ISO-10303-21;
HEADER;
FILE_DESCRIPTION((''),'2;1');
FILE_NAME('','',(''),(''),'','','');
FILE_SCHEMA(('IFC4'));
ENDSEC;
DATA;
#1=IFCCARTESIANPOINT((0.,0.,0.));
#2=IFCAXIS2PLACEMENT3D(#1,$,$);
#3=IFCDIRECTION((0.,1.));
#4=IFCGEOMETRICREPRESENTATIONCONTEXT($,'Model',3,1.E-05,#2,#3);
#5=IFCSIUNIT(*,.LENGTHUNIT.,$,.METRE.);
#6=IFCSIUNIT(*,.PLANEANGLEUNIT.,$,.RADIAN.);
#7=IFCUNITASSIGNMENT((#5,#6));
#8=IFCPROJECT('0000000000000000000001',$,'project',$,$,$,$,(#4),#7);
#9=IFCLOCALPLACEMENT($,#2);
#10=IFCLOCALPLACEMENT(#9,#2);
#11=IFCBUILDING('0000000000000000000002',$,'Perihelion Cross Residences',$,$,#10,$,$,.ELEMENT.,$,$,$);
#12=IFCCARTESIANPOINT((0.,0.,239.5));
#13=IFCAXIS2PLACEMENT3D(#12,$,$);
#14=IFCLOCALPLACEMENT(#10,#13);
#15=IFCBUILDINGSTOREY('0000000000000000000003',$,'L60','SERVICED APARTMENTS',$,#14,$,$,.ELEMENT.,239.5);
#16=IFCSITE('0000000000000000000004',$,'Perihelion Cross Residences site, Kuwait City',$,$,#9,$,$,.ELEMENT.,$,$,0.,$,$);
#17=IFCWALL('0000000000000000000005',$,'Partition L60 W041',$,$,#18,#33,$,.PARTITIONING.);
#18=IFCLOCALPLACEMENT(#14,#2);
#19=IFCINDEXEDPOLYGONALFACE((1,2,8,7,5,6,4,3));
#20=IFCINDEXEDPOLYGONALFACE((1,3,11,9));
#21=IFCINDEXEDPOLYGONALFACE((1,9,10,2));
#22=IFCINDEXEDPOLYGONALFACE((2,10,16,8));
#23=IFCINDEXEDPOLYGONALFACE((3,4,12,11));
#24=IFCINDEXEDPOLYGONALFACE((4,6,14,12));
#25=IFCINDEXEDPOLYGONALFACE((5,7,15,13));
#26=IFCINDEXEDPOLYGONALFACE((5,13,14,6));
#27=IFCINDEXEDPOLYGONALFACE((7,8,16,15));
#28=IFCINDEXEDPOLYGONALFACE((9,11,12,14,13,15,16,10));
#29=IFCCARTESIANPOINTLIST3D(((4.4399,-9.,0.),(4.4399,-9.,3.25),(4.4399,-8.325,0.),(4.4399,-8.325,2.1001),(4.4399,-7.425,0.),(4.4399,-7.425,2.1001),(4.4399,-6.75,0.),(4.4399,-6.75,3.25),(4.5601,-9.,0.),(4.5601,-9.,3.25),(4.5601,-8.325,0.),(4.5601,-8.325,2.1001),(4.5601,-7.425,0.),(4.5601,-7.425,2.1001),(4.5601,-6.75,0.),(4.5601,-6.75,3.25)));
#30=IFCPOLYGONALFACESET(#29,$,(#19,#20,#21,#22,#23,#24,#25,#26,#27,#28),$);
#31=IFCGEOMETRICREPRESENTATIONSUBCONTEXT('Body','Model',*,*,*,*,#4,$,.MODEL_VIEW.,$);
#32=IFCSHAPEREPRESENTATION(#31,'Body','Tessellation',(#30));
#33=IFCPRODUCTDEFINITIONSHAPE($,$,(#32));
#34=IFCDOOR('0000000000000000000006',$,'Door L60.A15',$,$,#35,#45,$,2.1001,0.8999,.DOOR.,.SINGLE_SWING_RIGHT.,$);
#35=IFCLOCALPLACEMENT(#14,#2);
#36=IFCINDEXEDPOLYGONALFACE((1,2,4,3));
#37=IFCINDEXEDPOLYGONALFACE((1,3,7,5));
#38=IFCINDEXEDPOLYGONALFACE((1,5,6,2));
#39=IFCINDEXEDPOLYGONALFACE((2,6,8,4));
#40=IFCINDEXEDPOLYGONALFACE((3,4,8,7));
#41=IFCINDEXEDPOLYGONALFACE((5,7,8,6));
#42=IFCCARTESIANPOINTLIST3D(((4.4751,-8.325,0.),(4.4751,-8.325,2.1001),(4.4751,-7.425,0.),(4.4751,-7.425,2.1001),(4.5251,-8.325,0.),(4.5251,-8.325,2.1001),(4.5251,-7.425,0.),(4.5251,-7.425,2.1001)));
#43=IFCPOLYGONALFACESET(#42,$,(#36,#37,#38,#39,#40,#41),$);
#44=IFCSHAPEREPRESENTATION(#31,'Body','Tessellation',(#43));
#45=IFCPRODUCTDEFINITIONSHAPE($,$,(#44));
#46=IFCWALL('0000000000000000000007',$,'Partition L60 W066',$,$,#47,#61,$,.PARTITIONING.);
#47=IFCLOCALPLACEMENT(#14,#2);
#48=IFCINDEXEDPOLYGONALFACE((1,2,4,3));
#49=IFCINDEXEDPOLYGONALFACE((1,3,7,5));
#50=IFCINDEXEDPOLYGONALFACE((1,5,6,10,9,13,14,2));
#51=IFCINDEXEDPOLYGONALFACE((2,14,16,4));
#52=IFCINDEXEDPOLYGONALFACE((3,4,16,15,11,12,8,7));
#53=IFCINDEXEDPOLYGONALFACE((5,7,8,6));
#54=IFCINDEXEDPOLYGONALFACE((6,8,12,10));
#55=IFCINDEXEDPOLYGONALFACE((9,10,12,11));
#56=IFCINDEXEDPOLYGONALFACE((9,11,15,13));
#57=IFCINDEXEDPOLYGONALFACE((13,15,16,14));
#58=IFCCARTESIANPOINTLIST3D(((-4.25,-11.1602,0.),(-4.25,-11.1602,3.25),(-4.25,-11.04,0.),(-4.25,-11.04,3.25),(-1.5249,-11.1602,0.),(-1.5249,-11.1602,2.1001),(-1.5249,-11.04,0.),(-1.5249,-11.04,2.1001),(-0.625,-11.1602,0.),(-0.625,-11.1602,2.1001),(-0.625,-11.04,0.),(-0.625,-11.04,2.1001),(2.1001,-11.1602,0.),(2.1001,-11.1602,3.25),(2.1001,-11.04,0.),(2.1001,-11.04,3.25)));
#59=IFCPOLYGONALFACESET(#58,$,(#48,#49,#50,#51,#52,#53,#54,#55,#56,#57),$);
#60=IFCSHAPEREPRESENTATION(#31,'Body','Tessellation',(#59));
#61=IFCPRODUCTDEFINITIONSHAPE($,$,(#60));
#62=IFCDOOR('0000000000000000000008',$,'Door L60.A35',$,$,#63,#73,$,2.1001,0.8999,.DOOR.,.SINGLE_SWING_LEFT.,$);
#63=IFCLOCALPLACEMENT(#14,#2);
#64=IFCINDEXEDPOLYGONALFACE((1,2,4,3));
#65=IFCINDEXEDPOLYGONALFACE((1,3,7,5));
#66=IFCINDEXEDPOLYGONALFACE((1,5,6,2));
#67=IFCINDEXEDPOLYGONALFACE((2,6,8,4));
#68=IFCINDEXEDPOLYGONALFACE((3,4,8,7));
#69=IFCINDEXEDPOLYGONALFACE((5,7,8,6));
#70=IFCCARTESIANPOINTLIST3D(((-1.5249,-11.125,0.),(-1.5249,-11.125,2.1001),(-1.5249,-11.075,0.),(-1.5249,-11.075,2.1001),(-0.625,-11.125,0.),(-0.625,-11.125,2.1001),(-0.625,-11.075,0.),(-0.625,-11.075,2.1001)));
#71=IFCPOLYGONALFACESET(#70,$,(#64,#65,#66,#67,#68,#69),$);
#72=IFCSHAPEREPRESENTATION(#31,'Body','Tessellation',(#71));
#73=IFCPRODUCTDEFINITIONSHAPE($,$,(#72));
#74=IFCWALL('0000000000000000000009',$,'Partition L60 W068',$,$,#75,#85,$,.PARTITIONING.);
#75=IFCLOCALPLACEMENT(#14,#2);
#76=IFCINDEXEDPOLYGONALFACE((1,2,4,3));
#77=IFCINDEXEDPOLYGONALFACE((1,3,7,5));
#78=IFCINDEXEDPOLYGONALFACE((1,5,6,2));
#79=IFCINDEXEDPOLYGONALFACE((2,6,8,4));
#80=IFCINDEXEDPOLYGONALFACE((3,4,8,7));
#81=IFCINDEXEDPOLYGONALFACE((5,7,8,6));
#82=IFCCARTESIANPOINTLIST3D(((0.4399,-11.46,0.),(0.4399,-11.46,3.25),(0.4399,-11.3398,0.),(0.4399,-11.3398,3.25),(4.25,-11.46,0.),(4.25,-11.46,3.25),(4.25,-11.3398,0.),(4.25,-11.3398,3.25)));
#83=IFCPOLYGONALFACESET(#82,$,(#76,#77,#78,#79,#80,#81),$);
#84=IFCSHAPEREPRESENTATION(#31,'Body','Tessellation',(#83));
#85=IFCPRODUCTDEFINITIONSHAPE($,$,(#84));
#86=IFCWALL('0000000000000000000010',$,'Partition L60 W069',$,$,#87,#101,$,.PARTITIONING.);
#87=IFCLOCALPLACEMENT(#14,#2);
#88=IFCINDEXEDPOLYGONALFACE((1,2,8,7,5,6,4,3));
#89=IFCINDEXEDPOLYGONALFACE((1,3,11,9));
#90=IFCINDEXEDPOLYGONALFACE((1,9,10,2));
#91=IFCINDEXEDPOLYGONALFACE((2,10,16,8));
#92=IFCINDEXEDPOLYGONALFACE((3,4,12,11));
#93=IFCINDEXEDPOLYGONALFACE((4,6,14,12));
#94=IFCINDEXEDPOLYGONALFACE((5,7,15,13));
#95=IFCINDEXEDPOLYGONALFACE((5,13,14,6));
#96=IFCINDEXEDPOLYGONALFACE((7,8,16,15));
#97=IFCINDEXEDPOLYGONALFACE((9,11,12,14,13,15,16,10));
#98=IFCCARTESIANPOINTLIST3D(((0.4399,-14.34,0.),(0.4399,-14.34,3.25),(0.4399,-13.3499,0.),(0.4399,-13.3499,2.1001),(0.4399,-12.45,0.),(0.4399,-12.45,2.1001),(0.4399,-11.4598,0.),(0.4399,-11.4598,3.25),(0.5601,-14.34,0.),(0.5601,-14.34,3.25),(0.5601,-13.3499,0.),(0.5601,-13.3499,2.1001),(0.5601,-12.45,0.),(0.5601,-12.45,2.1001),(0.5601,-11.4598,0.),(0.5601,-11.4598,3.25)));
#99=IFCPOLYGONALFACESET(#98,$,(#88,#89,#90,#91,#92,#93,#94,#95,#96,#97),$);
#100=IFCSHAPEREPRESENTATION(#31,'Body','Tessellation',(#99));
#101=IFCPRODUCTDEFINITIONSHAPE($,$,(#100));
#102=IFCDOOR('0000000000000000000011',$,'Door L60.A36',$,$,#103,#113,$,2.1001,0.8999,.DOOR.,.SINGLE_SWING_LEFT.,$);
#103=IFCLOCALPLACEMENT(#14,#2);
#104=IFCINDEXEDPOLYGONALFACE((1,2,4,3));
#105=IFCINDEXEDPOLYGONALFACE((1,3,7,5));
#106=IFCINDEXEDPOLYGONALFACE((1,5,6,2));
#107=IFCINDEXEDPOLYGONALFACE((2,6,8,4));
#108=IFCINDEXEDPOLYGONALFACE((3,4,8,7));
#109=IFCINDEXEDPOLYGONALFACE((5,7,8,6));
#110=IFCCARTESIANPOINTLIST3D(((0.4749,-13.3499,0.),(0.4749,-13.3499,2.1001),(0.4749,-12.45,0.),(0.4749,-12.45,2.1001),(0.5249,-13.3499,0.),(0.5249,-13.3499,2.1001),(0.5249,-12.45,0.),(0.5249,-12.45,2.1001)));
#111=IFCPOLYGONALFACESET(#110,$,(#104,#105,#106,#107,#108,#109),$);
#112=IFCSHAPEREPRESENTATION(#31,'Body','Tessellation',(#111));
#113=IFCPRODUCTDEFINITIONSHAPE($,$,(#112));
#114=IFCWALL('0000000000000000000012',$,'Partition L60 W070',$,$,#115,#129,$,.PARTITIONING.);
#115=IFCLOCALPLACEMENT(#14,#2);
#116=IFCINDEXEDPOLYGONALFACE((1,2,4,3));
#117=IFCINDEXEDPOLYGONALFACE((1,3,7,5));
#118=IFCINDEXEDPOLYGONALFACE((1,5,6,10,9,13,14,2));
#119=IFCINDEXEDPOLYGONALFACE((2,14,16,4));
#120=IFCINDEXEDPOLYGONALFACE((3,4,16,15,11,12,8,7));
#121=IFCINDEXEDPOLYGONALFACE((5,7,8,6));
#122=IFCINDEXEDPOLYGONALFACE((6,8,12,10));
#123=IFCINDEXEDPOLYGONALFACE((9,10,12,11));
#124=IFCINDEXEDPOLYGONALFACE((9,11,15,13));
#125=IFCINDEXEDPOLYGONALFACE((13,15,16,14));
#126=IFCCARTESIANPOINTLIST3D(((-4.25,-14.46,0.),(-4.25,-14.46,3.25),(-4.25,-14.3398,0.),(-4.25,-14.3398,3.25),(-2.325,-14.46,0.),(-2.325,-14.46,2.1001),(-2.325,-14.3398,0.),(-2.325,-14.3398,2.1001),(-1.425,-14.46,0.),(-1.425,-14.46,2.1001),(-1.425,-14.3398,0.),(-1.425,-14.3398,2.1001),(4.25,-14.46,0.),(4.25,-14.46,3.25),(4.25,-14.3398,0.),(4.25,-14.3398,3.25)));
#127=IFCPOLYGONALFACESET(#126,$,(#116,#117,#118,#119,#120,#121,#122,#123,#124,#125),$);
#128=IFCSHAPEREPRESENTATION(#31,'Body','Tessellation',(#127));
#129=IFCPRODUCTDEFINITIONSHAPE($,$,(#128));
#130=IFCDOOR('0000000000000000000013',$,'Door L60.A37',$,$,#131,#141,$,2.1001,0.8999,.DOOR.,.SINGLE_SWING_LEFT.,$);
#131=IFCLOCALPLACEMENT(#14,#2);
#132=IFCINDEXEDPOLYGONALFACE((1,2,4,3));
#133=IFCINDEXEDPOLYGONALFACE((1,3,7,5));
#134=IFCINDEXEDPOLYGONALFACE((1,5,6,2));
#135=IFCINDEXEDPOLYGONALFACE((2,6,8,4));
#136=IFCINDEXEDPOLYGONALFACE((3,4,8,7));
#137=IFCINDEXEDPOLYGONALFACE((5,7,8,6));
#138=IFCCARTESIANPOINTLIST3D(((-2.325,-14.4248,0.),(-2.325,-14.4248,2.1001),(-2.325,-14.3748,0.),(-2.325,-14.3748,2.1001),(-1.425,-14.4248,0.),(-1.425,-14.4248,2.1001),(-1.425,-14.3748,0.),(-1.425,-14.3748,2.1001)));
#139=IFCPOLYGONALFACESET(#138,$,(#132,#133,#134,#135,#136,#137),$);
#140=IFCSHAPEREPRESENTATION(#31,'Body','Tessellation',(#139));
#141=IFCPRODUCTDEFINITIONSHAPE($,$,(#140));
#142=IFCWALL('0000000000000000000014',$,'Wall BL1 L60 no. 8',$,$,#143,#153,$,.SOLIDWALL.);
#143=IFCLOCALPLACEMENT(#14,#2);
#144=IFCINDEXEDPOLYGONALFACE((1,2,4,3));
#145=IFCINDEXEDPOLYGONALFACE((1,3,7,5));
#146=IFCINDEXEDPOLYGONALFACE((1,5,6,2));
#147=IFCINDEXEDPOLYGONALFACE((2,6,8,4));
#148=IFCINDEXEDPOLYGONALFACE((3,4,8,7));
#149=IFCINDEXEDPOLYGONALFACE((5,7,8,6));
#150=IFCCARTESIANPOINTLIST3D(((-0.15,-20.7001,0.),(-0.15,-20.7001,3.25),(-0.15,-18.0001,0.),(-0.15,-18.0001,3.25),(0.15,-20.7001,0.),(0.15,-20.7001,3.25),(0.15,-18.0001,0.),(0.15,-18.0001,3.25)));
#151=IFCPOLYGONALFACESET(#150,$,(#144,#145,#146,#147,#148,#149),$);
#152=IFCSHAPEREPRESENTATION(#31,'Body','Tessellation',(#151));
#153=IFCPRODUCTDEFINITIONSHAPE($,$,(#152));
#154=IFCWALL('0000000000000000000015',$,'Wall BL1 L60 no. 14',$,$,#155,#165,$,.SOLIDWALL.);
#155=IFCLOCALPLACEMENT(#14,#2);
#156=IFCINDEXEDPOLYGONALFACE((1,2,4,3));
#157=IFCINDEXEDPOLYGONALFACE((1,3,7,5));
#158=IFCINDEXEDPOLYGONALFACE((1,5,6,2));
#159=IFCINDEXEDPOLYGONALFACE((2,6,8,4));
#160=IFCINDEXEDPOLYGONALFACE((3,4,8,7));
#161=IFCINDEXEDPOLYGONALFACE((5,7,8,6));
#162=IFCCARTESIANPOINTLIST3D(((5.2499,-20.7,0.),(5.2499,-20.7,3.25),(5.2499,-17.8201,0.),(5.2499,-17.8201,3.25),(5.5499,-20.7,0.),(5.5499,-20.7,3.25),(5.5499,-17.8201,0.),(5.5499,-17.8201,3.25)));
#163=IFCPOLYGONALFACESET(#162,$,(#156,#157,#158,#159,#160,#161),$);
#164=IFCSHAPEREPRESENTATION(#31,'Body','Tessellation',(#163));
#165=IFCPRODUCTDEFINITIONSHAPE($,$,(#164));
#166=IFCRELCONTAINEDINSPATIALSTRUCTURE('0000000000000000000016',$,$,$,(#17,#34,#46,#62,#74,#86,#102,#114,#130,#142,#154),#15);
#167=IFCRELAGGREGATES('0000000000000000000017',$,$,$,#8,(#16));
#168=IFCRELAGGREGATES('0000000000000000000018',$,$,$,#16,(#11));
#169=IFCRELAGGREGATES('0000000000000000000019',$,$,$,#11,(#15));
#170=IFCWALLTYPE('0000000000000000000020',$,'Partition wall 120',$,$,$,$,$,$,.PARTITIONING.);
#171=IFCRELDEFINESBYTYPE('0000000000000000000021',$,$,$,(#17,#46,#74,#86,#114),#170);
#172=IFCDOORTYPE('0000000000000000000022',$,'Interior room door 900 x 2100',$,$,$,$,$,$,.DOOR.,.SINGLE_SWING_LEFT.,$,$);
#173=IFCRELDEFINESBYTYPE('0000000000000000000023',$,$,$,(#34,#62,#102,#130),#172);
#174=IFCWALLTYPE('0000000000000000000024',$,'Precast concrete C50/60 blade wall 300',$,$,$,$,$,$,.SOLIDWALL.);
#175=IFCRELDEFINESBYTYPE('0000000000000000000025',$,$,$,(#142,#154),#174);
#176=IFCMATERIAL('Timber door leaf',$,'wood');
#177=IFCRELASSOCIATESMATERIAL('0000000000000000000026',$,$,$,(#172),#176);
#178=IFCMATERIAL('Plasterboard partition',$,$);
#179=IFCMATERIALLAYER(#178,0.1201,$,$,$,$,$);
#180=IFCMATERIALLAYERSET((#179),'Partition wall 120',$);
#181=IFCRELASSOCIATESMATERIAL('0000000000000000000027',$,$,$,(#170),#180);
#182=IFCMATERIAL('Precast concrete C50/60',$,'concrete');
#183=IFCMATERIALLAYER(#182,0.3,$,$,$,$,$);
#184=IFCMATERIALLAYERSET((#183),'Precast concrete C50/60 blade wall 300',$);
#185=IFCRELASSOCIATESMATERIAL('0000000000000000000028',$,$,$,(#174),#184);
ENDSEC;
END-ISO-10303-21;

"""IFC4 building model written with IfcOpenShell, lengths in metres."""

from ifc_helpers import new_model, si_unit, direction, frame, frame_2d, origin, place, context, subcontext, project, spatial, rectangle, extrude, material, layer, layer_set, type_object, element, fill, save


model = new_model("IFC4")

# Units and contexts
model_context = context("Model", 3, precision=1e-05, world=origin(), true_north=direction((0.0, 1.0)))
body_context = subcontext(model_context, "Body", "Model", "MODEL_VIEW")
ifc_project = project(units=[si_unit("LENGTHUNIT", "METRE"), si_unit("PLANEANGLEUNIT", "RADIAN")], contexts=[model_context])

# Site, building, storey
site_placement = place(None, origin())
site = spatial("IfcSite", under=ifc_project, at=site_placement, Name="Perihelion Cross Residences site, Kuwait City", CompositionType="ELEMENT", RefElevation=0.0)
building_placement = place(site_placement, origin())
building = spatial("IfcBuilding", under=site, at=building_placement, Name="Perihelion Cross Residences", CompositionType="ELEMENT")
storey_placement = place(building_placement, frame((0.0, 0.0, 239.5)))
storey = spatial("IfcBuildingStorey", under=building, at=storey_placement, Name="L60", Description="SERVICED APARTMENTS", CompositionType="ELEMENT", Elevation=239.5)

# Walls, openings, doors
ifc_material_1 = material(Name="Timber door leaf", Category="wood")
door_type_1 = type_object("IfcDoorType", Name="Interior room door 900 x 2100", OperationType="SINGLE_SWING_LEFT", PredefinedType="DOOR", material=ifc_material_1)
ifc_material_2 = material(Name="Plasterboard partition")
ifc_layer_1 = layer(ifc_material_2, 0.1201)
ifc_layer_set_1 = layer_set([ifc_layer_1], Name="Partition wall 120")
wall_type_1 = type_object("IfcWallType", Name="Partition wall 120", PredefinedType="PARTITIONING", material=ifc_layer_set_1)
wall_1_placement = place(storey_placement, frame((4.5, -9.0, 0.0), z_axis=(0.0, 0.0, 1.0), x_axis=(0.0, 1.0, 0.0)))
wall_1 = element("IfcWall", 1, at=wall_1_placement, inside=storey, type_object=wall_type_1, Name="Partition L60 W041", PredefinedType="PARTITIONING", context=body_context, shape_type="SweptSolid", body=[
    extrude(rectangle(XDim=2.25, YDim=0.1201, at=frame_2d((1.125, 0.0))), origin(), (0.0, 0.0, 1.0), 3.25),
])
opening_1_placement = place(wall_1_placement, frame((0.675, 0.0, 0.0)))
opening_1 = element("IfcOpeningElement", 2, at=opening_1_placement, cuts=wall_1, PredefinedType="OPENING", context=body_context, shape_type="SweptSolid", body=[
    extrude(rectangle(XDim=0.8999, YDim=2.1001, at=frame_2d((0.45, 1.05))), frame((0.0, 0.0701, 0.0), z_axis=(0.0, -1.0, 0.0), x_axis=(1.0, 0.0, 0.0)), (0.0, 0.0, 1.0), 0.1401),
])
door_1_placement = place(opening_1_placement, origin())
door_1 = element("IfcDoor", 3, at=door_1_placement, inside=storey, type_object=door_type_1, Name="Door L60.A15", OperationType="SINGLE_SWING_RIGHT", OverallHeight=2.1001, OverallWidth=0.8999, PredefinedType="DOOR", context=body_context, shape_type="SweptSolid", body=[
    extrude(rectangle(XDim=0.8999, YDim=2.1001, at=frame_2d((0.45, 1.05))), frame((0.0, 0.0249, 0.0), z_axis=(0.0, -1.0, 0.0), x_axis=(1.0, 0.0, 0.0)), (0.0, 0.0, 1.0), 0.05),
])
fill(opening_1, door_1)
wall_2_placement = place(storey_placement, frame((2.1001, -11.1001, 0.0), z_axis=(0.0, 0.0, 1.0), x_axis=(-1.0, 0.0, 0.0)))
wall_2 = element("IfcWall", 4, at=wall_2_placement, inside=storey, type_object=wall_type_1, Name="Partition L60 W066", PredefinedType="PARTITIONING", context=body_context, shape_type="SweptSolid", body=[
    extrude(rectangle(XDim=6.3501, YDim=0.1201, at=frame_2d((3.175, 0.0))), origin(), (0.0, 0.0, 1.0), 3.25),
])
opening_2_placement = place(wall_2_placement, frame((2.7251, 0.0, 0.0)))
opening_2 = element("IfcOpeningElement", 5, at=opening_2_placement, cuts=wall_2, PredefinedType="OPENING", context=body_context, shape_type="SweptSolid", body=[
    extrude(rectangle(XDim=0.8999, YDim=2.1001, at=frame_2d((0.45, 1.05))), frame((0.0, 0.0701, 0.0), z_axis=(0.0, -1.0, 0.0), x_axis=(1.0, 0.0, 0.0)), (0.0, 0.0, 1.0), 0.1401),
])
door_2_placement = place(opening_2_placement, origin())
door_2 = element("IfcDoor", 6, at=door_2_placement, inside=storey, type_object=door_type_1, Name="Door L60.A35", OperationType="SINGLE_SWING_LEFT", OverallHeight=2.1001, OverallWidth=0.8999, PredefinedType="DOOR", context=body_context, shape_type="SweptSolid", body=[
    extrude(rectangle(XDim=0.8999, YDim=2.1001, at=frame_2d((0.45, 1.05))), frame((0.0, 0.0249, 0.0), z_axis=(0.0, -1.0, 0.0), x_axis=(1.0, 0.0, 0.0)), (0.0, 0.0, 1.0), 0.05),
])
fill(opening_2, door_2)

# Wall
wall_3_placement = place(storey_placement, frame((4.25, -11.3999, 0.0), z_axis=(0.0, 0.0, 1.0), x_axis=(-1.0, 0.0, 0.0)))
element("IfcWall", 7, at=wall_3_placement, inside=storey, type_object=wall_type_1, Name="Partition L60 W068", PredefinedType="PARTITIONING", context=body_context, shape_type="SweptSolid", body=[
    extrude(rectangle(XDim=3.8101, YDim=0.1201, at=frame_2d((1.905, 0.0))), origin(), (0.0, 0.0, 1.0), 3.25),
])

# Walls, openings, doors
wall_4_placement = place(storey_placement, frame((0.5, -11.46, 0.0), z_axis=(0.0, 0.0, 1.0), x_axis=(0.0, -1.0, 0.0)))
wall_4 = element("IfcWall", 8, at=wall_4_placement, inside=storey, type_object=wall_type_1, Name="Partition L60 W069", PredefinedType="PARTITIONING", context=body_context, shape_type="SweptSolid", body=[
    extrude(rectangle(XDim=2.8801, YDim=0.1201, at=frame_2d((1.4399, 0.0))), origin(), (0.0, 0.0, 1.0), 3.25),
])
opening_3_placement = place(wall_4_placement, frame((0.99, 0.0, 0.0)))
opening_3 = element("IfcOpeningElement", 9, at=opening_3_placement, cuts=wall_4, PredefinedType="OPENING", context=body_context, shape_type="SweptSolid", body=[
    extrude(rectangle(XDim=0.8999, YDim=2.1001, at=frame_2d((0.45, 1.05))), frame((0.0, 0.0701, 0.0), z_axis=(0.0, -1.0, 0.0), x_axis=(1.0, 0.0, 0.0)), (0.0, 0.0, 1.0), 0.1401),
])
door_3_placement = place(opening_3_placement, origin())
door_3 = element("IfcDoor", 10, at=door_3_placement, inside=storey, type_object=door_type_1, Name="Door L60.A36", OperationType="SINGLE_SWING_LEFT", OverallHeight=2.1001, OverallWidth=0.8999, PredefinedType="DOOR", context=body_context, shape_type="SweptSolid", body=[
    extrude(rectangle(XDim=0.8999, YDim=2.1001, at=frame_2d((0.45, 1.05))), frame((0.0, 0.0249, 0.0), z_axis=(0.0, -1.0, 0.0), x_axis=(1.0, 0.0, 0.0)), (0.0, 0.0, 1.0), 0.05),
])
fill(opening_3, door_3)
wall_5_placement = place(storey_placement, frame((4.25, -14.3999, 0.0), z_axis=(0.0, 0.0, 1.0), x_axis=(-1.0, 0.0, 0.0)))
wall_5 = element("IfcWall", 11, at=wall_5_placement, inside=storey, type_object=wall_type_1, Name="Partition L60 W070", PredefinedType="PARTITIONING", context=body_context, shape_type="SweptSolid", body=[
    extrude(rectangle(XDim=8.5, YDim=0.1201, at=frame_2d((4.25, 0.0))), origin(), (0.0, 0.0, 1.0), 3.25),
])
opening_4_placement = place(wall_5_placement, frame((5.675, 0.0, 0.0)))
opening_4 = element("IfcOpeningElement", 12, at=opening_4_placement, cuts=wall_5, PredefinedType="OPENING", context=body_context, shape_type="SweptSolid", body=[
    extrude(rectangle(XDim=0.8999, YDim=2.1001, at=frame_2d((0.45, 1.05))), frame((0.0, 0.0701, 0.0), z_axis=(0.0, -1.0, 0.0), x_axis=(1.0, 0.0, 0.0)), (0.0, 0.0, 1.0), 0.1401),
])
door_4_placement = place(opening_4_placement, origin())
door_4 = element("IfcDoor", 13, at=door_4_placement, inside=storey, type_object=door_type_1, Name="Door L60.A37", OperationType="SINGLE_SWING_LEFT", OverallHeight=2.1001, OverallWidth=0.8999, PredefinedType="DOOR", context=body_context, shape_type="SweptSolid", body=[
    extrude(rectangle(XDim=0.8999, YDim=2.1001, at=frame_2d((0.45, 1.05))), frame((0.0, 0.0249, 0.0), z_axis=(0.0, -1.0, 0.0), x_axis=(1.0, 0.0, 0.0)), (0.0, 0.0, 1.0), 0.05),
])
fill(opening_4, door_4)

# Walls
ifc_material_3 = material(Name="Precast concrete C50/60", Category="concrete")
ifc_layer_2 = layer(ifc_material_3, 0.3)
ifc_layer_set_2 = layer_set([ifc_layer_2], Name="Precast concrete C50/60 blade wall 300")
wall_type_2 = type_object("IfcWallType", Name="Precast concrete C50/60 blade wall 300", PredefinedType="SOLIDWALL", material=ifc_layer_set_2)
wall_6_placement = place(storey_placement, frame((0.0, -18.0, 0.0), z_axis=(0.0, 0.0, 1.0), x_axis=(0.0, -1.0, 0.0)))
element("IfcWall", 14, at=wall_6_placement, inside=storey, type_object=wall_type_2, Name="Wall BL1 L60 no. 8", PredefinedType="SOLIDWALL", context=body_context, shape_type="SweptSolid", body=[
    extrude(rectangle(XDim=2.7, YDim=0.3, at=frame_2d((1.3501, 0.0))), origin(), (0.0, 0.0, 1.0), 3.25),
])
wall_7_placement = place(storey_placement, frame((5.3999, -17.8201, 0.0), z_axis=(0.0, 0.0, 1.0), x_axis=(0.0, -1.0, 0.0)))
element("IfcWall", 15, at=wall_7_placement, inside=storey, type_object=wall_type_2, Name="Wall BL1 L60 no. 14", PredefinedType="SOLIDWALL", context=body_context, shape_type="SweptSolid", body=[
    extrude(rectangle(XDim=2.8799, YDim=0.3, at=frame_2d((1.4399, 0.0))), origin(), (0.0, 0.0, 1.0), 3.25),
])

save(model, "model.ifc")
